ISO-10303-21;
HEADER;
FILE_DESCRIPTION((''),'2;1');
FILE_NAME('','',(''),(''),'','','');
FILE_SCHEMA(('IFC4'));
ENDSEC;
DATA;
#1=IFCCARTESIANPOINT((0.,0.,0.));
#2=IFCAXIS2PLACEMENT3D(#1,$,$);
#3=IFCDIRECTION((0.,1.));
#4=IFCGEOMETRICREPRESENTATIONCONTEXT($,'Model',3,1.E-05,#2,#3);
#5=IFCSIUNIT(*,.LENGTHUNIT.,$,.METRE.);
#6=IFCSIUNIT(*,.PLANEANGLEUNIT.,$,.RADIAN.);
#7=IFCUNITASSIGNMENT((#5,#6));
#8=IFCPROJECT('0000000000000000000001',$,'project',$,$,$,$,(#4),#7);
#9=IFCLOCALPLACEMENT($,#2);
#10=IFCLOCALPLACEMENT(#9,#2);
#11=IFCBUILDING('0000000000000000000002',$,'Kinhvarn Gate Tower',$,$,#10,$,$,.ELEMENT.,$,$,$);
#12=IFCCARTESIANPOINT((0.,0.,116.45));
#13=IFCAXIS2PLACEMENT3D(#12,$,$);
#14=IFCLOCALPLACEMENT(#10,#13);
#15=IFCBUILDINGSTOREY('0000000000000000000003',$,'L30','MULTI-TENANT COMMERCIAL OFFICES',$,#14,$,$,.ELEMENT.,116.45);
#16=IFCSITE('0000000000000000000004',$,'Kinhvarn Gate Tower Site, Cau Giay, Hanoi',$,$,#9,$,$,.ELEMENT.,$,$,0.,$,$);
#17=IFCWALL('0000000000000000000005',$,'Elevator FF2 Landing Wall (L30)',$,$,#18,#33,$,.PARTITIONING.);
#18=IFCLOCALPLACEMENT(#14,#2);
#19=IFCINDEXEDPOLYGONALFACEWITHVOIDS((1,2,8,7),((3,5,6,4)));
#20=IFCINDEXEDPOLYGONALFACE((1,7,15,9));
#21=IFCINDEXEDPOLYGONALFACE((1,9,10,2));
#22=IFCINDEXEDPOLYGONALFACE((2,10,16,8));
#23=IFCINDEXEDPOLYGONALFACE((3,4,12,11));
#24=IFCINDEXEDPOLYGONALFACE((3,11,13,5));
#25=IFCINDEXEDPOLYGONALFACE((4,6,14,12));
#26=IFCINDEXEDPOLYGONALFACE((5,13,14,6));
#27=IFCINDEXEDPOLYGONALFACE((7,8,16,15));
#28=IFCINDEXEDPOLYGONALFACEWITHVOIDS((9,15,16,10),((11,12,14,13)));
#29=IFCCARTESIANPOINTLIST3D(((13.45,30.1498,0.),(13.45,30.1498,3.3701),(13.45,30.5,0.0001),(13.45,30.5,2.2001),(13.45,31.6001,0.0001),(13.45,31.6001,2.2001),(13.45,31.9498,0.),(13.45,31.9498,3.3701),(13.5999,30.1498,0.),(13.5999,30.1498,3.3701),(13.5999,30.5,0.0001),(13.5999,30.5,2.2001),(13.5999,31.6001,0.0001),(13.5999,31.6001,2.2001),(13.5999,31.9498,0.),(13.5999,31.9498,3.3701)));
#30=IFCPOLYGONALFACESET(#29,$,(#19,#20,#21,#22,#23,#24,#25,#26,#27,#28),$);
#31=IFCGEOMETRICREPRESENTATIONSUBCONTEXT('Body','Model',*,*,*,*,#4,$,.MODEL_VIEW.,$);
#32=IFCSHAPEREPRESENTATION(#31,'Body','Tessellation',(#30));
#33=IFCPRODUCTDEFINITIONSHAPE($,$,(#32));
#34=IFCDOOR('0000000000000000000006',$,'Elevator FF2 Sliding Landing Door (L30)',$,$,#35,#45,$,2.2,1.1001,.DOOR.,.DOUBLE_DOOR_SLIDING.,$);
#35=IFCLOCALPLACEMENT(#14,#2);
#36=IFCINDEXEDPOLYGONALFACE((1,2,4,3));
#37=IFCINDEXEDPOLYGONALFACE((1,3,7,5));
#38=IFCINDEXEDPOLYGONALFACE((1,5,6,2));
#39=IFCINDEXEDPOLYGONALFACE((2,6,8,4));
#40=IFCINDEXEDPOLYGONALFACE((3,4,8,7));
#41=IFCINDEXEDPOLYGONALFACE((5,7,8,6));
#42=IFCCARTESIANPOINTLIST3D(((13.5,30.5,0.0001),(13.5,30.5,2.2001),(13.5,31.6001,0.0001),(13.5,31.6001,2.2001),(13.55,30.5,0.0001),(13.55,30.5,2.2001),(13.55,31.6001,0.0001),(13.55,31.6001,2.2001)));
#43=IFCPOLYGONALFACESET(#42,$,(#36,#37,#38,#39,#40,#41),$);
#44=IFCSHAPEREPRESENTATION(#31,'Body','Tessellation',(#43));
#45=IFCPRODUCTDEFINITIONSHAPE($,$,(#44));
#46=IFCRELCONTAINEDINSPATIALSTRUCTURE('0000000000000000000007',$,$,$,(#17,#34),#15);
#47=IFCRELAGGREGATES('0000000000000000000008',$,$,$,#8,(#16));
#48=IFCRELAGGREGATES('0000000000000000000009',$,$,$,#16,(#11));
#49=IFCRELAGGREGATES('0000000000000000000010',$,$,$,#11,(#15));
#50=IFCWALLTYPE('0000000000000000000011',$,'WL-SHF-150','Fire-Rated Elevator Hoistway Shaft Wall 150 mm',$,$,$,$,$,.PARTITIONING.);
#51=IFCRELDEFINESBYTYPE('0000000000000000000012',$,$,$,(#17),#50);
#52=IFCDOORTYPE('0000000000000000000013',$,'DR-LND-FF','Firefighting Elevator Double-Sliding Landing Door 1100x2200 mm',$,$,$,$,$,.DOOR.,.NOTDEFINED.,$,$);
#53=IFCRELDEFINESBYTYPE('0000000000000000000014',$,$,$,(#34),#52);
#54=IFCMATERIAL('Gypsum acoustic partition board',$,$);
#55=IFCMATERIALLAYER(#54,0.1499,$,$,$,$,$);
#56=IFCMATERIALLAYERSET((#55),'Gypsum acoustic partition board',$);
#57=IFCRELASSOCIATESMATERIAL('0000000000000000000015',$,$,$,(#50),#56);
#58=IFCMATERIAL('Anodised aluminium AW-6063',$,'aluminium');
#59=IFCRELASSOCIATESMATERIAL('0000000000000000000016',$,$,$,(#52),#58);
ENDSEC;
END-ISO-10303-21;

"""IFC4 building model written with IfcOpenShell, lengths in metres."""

from ifc_helpers import new_model, si_unit, direction, frame, frame_2d, origin, place, context, subcontext, project, spatial, rectangle, extrude, material, layer, layer_set, type_object, element, fill, save


model = new_model("IFC4")

# Units and contexts
model_context = context("Model", 3, precision=1e-05, world=origin(), true_north=direction((0.0, 1.0)))
body_context = subcontext(model_context, "Body", "Model", "MODEL_VIEW")
ifc_project = project(units=[si_unit("LENGTHUNIT", "METRE"), si_unit("PLANEANGLEUNIT", "RADIAN")], contexts=[model_context])

# Site, building, storey
site_placement = place(None, origin())
site = spatial("IfcSite", under=ifc_project, at=site_placement, Name="Kinhvarn Gate Tower Site, Cau Giay, Hanoi", CompositionType="ELEMENT", RefElevation=0.0)
building_placement = place(site_placement, origin())
building = spatial("IfcBuilding", under=site, at=building_placement, Name="Kinhvarn Gate Tower", CompositionType="ELEMENT")
storey_placement = place(building_placement, frame((0.0, 0.0, 116.45)))
storey = spatial("IfcBuildingStorey", under=building, at=storey_placement, Name="L30", Description="MULTI-TENANT COMMERCIAL OFFICES", CompositionType="ELEMENT", Elevation=116.45)

# Shared definitions
ifc_material_1 = material(Name="Gypsum acoustic partition board")

# Shared definitions
ifc_layer_1 = layer(ifc_material_1, 0.1499)
ifc_layer_set_1 = layer_set([ifc_layer_1], Name="Gypsum acoustic partition board")
wall_type_1 = type_object("IfcWallType", Name="WL-SHF-150", Description="Fire-Rated Elevator Hoistway Shaft Wall 150 mm", PredefinedType="PARTITIONING", material=ifc_layer_set_1)
ifc_material_2 = material(Name="Anodised aluminium AW-6063", Category="aluminium")

# Wall, opening, door
wall_1_placement = place(storey_placement, frame((13.5249, 30.1499, 0.0), z_axis=(0.0, 0.0, 1.0), x_axis=(0.0, 1.0, 0.0)))
wall_1 = element("IfcWall", 1, at=wall_1_placement, inside=storey, type_object=wall_type_1, Name="Elevator FF2 Landing Wall (L30)", PredefinedType="PARTITIONING", context=body_context, shape_type="SweptSolid", body=[
    extrude(rectangle(XDim=1.8, YDim=0.1499, at=frame_2d((0.8999, 0.0))), origin(), (0.0, 0.0, 1.0), 3.3701),
])
opening_1_placement = place(wall_1_placement, frame((0.3501, 0.0, 0.0)))
opening_1 = element("IfcOpeningElement", 2, at=opening_1_placement, cuts=wall_1, PredefinedType="OPENING", context=body_context, shape_type="SweptSolid", body=[
    extrude(rectangle(XDim=1.1001, YDim=2.2, at=frame_2d((0.55, 1.1001))), frame((0.0, 0.085, 0.0), z_axis=(0.0, -1.0, 0.0), x_axis=(1.0, 0.0, 0.0)), (0.0, 0.0, 1.0), 0.1699),
])
door_type_1 = type_object("IfcDoorType", Name="DR-LND-FF", Description="Firefighting Elevator Double-Sliding Landing Door 1100x2200 mm", OperationType="NOTDEFINED", PredefinedType="DOOR", material=ifc_material_2)
door_1_placement = place(opening_1_placement, origin())
door_1 = element("IfcDoor", 3, at=door_1_placement, inside=storey, type_object=door_type_1, Name="Elevator FF2 Sliding Landing Door (L30)", OperationType="DOUBLE_DOOR_SLIDING", OverallHeight=2.2, OverallWidth=1.1001, PredefinedType="DOOR", context=body_context, shape_type="SweptSolid", body=[
    extrude(rectangle(XDim=1.1001, YDim=2.2, at=frame_2d((0.55, 1.1001))), frame((0.0, 0.0249, 0.0), z_axis=(0.0, -1.0, 0.0), x_axis=(1.0, 0.0, 0.0)), (0.0, 0.0, 1.0), 0.05),
])
fill(opening_1, door_1)

save(model, "model.ifc")
